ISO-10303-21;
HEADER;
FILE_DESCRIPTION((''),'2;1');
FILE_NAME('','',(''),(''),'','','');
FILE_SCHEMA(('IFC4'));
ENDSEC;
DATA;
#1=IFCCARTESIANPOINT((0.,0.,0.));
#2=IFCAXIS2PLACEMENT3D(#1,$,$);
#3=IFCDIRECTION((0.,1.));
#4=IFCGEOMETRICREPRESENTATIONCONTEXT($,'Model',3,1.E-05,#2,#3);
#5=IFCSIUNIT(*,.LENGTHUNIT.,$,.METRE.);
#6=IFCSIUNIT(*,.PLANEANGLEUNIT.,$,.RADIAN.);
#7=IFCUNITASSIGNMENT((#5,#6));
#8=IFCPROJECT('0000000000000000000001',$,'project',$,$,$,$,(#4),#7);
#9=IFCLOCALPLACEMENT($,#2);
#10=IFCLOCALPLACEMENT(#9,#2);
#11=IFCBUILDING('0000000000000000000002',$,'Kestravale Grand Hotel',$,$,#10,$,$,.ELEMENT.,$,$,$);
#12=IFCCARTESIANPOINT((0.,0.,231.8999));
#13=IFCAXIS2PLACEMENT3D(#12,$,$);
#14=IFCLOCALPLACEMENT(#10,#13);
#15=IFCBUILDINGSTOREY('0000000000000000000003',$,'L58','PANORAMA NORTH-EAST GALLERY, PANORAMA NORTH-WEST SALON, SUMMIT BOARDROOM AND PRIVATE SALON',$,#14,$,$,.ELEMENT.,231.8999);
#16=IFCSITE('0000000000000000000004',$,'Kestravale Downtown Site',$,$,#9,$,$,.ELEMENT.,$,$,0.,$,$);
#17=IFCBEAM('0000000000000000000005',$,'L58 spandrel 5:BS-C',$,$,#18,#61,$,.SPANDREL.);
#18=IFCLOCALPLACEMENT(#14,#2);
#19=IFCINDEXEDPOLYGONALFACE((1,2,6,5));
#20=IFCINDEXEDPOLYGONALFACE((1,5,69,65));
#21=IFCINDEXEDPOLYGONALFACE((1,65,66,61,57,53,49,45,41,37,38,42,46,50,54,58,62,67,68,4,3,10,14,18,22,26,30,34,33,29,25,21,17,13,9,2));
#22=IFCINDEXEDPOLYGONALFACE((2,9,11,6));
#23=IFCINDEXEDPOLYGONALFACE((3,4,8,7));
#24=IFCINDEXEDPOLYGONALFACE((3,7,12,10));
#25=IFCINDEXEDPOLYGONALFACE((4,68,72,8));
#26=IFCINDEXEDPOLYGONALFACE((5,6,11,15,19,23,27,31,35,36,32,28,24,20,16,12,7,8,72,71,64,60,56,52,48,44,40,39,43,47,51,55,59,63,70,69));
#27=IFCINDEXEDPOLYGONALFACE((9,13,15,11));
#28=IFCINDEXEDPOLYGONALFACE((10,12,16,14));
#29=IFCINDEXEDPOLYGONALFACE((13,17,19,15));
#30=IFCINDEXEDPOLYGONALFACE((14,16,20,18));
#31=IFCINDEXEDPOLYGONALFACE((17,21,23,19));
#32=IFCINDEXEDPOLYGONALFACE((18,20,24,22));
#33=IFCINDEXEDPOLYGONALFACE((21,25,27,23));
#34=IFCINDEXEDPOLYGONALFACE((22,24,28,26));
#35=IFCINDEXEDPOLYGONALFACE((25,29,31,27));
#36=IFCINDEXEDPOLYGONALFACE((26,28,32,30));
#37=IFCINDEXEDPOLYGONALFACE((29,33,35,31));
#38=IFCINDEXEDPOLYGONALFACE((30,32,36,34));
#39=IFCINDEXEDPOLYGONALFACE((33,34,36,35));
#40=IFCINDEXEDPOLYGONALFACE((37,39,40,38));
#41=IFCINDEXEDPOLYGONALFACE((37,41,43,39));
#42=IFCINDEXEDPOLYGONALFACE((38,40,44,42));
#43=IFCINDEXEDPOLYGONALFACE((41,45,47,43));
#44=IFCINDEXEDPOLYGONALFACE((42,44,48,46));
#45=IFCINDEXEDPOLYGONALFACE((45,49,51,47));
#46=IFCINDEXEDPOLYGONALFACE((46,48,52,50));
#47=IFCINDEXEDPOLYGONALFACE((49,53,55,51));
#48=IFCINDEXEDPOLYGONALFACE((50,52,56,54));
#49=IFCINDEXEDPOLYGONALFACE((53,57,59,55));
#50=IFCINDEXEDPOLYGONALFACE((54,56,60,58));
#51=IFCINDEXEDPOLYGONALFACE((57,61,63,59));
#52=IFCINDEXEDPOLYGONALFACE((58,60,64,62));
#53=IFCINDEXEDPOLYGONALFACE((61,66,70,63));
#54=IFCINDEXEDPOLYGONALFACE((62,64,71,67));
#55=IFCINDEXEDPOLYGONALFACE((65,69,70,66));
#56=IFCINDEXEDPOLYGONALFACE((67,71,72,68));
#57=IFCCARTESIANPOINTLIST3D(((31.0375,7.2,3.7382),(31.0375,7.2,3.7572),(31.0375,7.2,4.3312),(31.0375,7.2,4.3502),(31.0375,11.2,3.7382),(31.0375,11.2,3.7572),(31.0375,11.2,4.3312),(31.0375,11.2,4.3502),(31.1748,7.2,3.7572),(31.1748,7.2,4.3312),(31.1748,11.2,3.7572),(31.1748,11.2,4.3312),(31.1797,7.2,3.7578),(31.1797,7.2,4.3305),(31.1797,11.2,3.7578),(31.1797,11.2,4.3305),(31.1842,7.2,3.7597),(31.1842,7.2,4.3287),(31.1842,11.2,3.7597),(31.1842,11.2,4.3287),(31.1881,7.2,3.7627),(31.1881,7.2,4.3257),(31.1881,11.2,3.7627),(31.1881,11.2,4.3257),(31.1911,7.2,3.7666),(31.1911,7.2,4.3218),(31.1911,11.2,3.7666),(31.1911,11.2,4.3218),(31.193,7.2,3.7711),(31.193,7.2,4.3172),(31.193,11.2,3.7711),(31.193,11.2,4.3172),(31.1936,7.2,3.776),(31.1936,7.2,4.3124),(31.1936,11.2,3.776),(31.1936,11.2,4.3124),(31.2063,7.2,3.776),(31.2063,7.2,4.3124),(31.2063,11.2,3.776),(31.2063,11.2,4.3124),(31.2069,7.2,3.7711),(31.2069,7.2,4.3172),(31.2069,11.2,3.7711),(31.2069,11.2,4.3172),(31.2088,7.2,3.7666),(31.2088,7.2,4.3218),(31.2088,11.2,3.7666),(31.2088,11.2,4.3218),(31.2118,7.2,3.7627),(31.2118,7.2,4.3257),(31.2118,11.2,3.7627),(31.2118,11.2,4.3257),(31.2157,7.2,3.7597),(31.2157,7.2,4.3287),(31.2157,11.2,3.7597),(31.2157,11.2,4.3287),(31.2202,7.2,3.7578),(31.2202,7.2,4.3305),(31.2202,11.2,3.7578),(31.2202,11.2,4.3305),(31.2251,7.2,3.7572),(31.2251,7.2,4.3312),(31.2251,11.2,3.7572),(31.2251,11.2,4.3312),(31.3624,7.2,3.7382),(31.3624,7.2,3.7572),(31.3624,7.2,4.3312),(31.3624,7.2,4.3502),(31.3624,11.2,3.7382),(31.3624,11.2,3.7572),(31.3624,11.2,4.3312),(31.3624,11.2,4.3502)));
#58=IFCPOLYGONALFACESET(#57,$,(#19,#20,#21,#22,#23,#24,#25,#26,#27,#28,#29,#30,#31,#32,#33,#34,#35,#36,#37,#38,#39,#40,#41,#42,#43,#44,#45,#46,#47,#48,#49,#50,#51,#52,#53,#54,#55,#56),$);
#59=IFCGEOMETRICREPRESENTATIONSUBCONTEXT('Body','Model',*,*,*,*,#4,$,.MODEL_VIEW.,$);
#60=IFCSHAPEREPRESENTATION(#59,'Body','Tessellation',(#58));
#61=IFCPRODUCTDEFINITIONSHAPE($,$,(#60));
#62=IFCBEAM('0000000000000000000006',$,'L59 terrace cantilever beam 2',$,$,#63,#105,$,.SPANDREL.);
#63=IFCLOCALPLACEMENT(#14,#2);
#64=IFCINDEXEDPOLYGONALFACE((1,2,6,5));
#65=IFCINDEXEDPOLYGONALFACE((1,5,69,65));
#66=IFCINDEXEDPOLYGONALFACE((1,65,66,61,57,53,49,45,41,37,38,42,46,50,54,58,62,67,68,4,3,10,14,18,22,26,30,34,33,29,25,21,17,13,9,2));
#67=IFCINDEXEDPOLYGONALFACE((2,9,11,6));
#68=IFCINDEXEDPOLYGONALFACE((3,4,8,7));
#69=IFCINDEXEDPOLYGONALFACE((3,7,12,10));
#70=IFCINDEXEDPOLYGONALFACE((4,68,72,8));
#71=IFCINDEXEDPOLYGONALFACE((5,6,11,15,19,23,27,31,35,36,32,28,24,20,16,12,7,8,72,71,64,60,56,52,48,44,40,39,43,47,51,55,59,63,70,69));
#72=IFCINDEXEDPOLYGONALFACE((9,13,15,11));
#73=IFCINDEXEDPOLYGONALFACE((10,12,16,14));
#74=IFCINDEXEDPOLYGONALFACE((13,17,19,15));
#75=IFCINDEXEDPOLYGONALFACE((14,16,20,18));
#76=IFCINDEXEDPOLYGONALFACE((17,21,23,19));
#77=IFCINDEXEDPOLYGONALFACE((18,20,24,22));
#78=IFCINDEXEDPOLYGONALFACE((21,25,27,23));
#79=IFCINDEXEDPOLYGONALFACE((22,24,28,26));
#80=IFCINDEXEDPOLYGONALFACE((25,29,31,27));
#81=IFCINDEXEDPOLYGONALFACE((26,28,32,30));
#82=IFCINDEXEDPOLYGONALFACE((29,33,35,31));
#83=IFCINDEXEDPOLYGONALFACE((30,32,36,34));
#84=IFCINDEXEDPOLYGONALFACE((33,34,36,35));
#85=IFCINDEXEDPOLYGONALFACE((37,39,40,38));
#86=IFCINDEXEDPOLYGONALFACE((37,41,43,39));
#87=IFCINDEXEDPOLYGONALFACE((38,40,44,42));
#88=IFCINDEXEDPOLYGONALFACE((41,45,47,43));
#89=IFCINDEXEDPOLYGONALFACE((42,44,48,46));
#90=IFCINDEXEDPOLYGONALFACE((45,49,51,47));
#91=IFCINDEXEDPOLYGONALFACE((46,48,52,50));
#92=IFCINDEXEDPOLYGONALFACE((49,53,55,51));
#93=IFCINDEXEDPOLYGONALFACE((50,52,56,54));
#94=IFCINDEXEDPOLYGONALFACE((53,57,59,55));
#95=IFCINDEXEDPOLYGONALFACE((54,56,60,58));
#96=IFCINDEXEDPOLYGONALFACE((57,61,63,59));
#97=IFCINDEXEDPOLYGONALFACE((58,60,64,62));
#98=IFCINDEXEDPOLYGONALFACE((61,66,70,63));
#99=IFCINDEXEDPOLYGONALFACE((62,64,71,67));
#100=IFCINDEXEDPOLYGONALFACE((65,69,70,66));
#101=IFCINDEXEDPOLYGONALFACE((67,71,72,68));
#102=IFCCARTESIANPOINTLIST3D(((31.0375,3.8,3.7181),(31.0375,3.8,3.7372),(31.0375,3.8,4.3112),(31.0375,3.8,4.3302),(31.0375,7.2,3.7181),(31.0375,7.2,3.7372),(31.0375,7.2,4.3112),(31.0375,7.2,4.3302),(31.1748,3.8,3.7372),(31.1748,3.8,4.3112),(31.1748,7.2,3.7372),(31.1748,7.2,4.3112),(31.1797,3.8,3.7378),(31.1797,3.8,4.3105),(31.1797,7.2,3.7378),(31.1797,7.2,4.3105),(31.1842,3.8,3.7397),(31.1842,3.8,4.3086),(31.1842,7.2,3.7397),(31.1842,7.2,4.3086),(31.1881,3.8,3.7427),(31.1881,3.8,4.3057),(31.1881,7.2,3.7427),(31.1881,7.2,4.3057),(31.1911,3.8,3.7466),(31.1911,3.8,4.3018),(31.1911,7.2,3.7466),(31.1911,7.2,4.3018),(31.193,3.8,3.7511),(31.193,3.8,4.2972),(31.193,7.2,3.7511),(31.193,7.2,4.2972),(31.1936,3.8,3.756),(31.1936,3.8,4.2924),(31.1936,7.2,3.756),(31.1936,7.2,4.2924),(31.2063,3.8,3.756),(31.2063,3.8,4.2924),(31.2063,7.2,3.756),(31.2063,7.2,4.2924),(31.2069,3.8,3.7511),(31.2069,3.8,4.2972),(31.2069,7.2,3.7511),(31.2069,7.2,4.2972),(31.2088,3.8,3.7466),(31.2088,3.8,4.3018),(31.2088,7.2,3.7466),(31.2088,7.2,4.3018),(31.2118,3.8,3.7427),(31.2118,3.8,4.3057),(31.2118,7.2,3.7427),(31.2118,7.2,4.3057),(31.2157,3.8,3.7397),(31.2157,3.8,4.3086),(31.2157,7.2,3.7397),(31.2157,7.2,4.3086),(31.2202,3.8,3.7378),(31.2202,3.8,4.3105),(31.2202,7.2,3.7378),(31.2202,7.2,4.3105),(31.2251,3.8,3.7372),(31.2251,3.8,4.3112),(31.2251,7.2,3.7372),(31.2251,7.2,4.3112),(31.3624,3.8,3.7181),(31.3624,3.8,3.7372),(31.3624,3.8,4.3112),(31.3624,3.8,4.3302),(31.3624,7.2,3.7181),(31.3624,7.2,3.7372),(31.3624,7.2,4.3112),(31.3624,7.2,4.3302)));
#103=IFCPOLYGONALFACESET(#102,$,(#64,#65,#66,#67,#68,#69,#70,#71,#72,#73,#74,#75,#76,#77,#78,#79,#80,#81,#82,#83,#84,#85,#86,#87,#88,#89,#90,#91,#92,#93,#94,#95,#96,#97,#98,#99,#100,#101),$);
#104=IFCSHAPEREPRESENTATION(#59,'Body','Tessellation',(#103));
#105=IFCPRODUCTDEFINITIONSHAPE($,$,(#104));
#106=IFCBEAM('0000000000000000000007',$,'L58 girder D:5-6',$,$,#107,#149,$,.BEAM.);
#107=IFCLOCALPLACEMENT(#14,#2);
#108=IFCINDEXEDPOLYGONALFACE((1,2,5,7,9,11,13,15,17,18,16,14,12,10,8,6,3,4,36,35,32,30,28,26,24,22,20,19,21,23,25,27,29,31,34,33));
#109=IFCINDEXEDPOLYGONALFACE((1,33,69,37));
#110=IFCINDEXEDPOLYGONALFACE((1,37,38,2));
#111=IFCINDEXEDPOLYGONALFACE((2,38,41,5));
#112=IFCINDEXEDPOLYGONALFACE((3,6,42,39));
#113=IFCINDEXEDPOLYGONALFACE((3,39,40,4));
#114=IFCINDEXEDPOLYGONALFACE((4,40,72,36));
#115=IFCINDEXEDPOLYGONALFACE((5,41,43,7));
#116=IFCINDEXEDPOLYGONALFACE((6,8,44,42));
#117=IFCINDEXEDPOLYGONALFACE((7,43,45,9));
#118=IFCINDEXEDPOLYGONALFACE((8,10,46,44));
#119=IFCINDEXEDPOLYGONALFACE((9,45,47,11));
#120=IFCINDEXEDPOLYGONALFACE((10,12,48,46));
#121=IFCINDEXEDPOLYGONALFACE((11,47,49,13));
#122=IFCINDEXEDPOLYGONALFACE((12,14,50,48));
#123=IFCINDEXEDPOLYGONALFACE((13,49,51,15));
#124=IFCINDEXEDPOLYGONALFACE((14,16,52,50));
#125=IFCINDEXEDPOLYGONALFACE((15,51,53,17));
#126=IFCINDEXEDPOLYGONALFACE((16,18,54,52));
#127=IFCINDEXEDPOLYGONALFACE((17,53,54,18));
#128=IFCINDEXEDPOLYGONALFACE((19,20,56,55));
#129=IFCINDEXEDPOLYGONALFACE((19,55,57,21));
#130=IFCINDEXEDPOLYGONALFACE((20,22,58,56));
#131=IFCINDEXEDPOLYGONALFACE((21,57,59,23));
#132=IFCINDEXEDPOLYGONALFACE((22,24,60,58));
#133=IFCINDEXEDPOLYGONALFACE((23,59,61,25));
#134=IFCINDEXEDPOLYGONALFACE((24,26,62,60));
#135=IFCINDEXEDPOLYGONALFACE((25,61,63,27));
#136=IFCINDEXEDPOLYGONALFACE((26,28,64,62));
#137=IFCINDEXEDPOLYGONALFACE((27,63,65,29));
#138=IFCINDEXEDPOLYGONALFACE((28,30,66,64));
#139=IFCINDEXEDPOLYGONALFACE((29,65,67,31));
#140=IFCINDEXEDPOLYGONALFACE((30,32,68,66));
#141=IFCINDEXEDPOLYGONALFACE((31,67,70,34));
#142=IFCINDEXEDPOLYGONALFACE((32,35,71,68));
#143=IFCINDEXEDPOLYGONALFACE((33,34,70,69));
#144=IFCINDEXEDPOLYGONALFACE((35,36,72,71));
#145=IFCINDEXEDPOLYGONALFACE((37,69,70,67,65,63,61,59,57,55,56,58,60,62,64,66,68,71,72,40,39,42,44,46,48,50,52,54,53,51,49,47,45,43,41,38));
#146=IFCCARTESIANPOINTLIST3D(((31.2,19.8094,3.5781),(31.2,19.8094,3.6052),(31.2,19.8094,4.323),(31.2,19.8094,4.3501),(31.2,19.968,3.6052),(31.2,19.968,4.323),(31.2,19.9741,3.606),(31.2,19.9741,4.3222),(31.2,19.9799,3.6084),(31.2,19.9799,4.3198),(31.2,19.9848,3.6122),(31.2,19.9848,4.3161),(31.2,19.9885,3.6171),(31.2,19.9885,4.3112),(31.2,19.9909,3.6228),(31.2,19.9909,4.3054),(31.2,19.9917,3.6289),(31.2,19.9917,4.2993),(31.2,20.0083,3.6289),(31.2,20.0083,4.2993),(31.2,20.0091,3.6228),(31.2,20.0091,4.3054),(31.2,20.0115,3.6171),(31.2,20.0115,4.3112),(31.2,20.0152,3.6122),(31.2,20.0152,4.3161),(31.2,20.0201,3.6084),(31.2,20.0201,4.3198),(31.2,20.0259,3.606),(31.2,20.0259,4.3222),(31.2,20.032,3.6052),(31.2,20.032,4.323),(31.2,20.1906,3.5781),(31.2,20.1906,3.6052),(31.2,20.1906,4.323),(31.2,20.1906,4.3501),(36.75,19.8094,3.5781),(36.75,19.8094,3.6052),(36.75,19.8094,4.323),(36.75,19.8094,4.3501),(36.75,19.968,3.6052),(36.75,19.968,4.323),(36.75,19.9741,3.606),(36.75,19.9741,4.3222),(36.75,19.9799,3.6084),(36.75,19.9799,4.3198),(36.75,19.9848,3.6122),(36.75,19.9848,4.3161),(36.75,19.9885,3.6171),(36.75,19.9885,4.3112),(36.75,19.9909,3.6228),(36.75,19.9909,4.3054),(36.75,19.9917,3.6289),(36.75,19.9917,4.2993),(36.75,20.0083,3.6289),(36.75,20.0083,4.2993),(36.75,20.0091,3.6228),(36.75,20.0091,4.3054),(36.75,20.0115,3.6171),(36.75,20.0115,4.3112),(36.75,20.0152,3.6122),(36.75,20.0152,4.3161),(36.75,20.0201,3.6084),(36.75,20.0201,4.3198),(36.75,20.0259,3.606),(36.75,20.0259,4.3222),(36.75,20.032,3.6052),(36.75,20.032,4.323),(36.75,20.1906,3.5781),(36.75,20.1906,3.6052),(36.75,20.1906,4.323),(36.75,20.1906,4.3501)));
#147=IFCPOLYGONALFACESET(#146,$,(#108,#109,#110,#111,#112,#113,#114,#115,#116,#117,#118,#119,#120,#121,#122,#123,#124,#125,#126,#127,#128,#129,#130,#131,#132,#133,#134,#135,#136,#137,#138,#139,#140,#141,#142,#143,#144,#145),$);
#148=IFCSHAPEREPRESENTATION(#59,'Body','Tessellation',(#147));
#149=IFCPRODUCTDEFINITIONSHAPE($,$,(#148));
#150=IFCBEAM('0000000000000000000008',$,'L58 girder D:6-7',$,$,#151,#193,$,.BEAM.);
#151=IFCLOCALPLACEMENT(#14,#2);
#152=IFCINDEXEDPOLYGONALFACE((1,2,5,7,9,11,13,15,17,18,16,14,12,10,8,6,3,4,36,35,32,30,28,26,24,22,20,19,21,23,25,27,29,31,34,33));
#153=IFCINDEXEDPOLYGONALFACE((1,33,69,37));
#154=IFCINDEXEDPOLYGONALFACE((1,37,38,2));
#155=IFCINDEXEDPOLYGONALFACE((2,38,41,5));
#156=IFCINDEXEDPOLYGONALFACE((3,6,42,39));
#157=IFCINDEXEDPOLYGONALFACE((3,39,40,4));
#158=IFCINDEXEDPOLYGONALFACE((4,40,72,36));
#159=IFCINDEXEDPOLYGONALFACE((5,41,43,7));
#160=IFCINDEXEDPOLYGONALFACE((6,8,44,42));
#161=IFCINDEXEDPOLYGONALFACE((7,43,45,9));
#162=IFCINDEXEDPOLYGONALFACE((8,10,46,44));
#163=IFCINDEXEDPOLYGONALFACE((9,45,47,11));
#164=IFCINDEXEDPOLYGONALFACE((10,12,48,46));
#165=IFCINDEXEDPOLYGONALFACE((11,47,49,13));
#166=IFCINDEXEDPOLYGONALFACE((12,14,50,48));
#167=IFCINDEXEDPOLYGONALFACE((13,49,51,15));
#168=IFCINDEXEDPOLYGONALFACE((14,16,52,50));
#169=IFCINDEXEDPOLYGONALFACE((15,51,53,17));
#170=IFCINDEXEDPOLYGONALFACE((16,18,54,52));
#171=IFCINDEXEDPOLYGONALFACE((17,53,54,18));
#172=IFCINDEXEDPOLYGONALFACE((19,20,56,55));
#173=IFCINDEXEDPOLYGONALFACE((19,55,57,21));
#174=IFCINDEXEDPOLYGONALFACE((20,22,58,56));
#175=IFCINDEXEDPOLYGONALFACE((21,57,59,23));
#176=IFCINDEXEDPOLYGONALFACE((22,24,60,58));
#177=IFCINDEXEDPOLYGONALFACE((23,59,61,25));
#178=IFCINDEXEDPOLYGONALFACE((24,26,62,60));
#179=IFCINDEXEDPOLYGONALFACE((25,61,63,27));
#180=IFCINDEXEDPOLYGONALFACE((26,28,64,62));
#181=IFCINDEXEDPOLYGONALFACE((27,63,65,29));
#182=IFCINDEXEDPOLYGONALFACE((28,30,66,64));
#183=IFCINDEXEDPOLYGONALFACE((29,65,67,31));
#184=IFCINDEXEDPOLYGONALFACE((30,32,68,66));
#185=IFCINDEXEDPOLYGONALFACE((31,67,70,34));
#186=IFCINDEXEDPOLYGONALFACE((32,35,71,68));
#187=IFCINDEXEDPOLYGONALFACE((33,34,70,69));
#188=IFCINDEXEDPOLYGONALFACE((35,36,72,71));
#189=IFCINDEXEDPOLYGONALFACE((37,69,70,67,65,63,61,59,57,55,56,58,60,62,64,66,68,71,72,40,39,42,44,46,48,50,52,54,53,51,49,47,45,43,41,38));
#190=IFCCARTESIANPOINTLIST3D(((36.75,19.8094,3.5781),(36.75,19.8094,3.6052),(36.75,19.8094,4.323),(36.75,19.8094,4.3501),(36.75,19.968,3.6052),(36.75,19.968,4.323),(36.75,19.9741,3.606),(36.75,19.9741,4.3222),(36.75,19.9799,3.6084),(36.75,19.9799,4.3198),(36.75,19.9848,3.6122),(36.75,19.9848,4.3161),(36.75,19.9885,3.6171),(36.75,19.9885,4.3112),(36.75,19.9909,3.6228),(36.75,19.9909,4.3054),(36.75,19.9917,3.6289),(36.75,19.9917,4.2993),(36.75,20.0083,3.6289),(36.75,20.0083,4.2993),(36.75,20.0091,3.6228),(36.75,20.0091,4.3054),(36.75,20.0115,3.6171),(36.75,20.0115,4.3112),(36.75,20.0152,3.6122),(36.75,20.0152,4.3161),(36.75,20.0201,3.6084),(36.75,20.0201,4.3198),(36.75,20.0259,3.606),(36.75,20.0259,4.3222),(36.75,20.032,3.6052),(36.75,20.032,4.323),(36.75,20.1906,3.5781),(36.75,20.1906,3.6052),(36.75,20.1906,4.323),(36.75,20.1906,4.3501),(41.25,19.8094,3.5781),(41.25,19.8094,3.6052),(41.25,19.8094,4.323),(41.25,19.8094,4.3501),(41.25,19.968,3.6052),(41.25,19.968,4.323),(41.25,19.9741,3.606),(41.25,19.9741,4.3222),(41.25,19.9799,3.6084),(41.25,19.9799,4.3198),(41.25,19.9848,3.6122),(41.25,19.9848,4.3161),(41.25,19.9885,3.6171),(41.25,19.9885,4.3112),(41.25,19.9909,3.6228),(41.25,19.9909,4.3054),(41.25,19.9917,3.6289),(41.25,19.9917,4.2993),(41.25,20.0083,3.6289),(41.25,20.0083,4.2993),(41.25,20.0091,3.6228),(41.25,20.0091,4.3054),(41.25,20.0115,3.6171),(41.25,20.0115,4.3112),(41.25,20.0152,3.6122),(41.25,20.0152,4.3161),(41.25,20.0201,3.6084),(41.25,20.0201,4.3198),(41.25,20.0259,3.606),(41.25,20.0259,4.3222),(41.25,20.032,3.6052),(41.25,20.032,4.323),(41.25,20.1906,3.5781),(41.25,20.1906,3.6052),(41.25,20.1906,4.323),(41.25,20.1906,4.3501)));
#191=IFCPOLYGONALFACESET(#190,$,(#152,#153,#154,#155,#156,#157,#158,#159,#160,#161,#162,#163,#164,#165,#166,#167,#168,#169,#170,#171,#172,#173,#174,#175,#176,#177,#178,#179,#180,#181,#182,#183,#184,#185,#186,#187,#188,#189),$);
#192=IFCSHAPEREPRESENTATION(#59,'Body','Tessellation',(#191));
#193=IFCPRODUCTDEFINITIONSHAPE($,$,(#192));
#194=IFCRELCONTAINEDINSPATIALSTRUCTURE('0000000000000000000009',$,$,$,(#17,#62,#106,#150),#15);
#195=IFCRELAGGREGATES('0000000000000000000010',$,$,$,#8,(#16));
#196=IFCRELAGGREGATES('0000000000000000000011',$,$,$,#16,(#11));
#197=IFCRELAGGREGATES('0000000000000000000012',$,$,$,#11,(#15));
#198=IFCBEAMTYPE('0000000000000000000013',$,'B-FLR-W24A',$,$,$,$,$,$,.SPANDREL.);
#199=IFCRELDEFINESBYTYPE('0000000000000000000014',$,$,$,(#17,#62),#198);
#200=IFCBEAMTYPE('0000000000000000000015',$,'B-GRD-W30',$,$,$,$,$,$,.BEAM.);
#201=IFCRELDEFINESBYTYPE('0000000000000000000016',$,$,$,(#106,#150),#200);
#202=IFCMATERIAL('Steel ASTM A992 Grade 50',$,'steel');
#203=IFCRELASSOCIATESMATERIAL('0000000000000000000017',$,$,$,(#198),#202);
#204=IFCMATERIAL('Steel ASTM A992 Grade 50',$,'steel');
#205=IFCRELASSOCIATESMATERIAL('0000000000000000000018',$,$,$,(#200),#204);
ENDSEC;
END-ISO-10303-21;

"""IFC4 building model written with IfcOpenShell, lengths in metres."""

from ifc_helpers import new_model, si_unit, direction, frame, origin, origin_2d, place, context, subcontext, project, spatial, i_section, extrude, material, material_profile, profile_set, type_object, element, save


model = new_model("IFC4")

# Units and contexts
model_context = context("Model", 3, precision=1e-05, world=origin(), true_north=direction((0.0, 1.0)))
body_context = subcontext(model_context, "Body", "Model", "MODEL_VIEW")
ifc_project = project(units=[si_unit("LENGTHUNIT", "METRE"), si_unit("PLANEANGLEUNIT", "RADIAN")], contexts=[model_context])

# Site, building, storey
site_placement = place(None, origin())
site = spatial("IfcSite", under=ifc_project, at=site_placement, Name="Kestravale Downtown Site", CompositionType="ELEMENT", RefElevation=0.0)
building_placement = place(site_placement, origin())
building = spatial("IfcBuilding", under=site, at=building_placement, Name="Kestravale Grand Hotel", CompositionType="ELEMENT")
storey_placement = place(building_placement, frame((0.0, 0.0, 231.8999)))
storey = spatial("IfcBuildingStorey", under=building, at=storey_placement, Name="L58", Description="PANORAMA NORTH-EAST GALLERY, PANORAMA NORTH-WEST SALON, SUMMIT BOARDROOM AND PRIVATE SALON", CompositionType="ELEMENT", Elevation=231.8999)

# Beams
ifc_material_1 = material(Name="Steel ASTM A992 Grade 50", Category="steel")
ifc_material_profile_1 = material_profile(ifc_material_1, i_section(OverallWidth=0.325, OverallDepth=0.6121, WebThickness=0.0127, FlangeThickness=0.019, FilletRadius=0.0188, at=origin_2d()))
ifc_profile_set_1 = profile_set([ifc_material_profile_1], Name="Steel ASTM A992 Grade 50")
beam_type_1 = type_object("IfcBeamType", Name="B-FLR-W24A", PredefinedType="SPANDREL", material=ifc_profile_set_1)
beam_1_placement = place(storey_placement, frame((31.2, 7.2, 4.0442), z_axis=(0.0, 1.0, 0.0), x_axis=(-1.0, 0.0, 0.0)))
element("IfcBeam", 1, at=beam_1_placement, inside=storey, type_object=beam_type_1, Name="L58 spandrel 5:BS-C", PredefinedType="SPANDREL", context=body_context, shape_type="SweptSolid", body=[
    extrude(i_section(OverallWidth=0.325, OverallDepth=0.6121, WebThickness=0.0127, FlangeThickness=0.019, FilletRadius=0.0188, at=origin_2d()), origin(), (0.0, 0.0, 1.0), 4.0),
])
beam_2_placement = place(storey_placement, frame((31.2, 7.2, 4.0242), z_axis=(0.0, -1.0, 0.0), x_axis=(1.0, 0.0, 0.0)))
element("IfcBeam", 2, at=beam_2_placement, inside=storey, type_object=beam_type_1, Name="L59 terrace cantilever beam 2", PredefinedType="SPANDREL", context=body_context, shape_type="SweptSolid", body=[
    extrude(i_section(OverallWidth=0.325, OverallDepth=0.6121, WebThickness=0.0127, FlangeThickness=0.019, FilletRadius=0.0188, at=origin_2d()), origin(), (0.0, 0.0, 1.0), 3.3999),
])
ifc_material_2 = material(Name="Steel ASTM A992 Grade 50", Category="steel")
ifc_material_profile_2 = material_profile(ifc_material_2, i_section(OverallWidth=0.3811, OverallDepth=0.772, WebThickness=0.0166, FlangeThickness=0.0271, FilletRadius=0.0237, at=origin_2d()))
ifc_profile_set_2 = profile_set([ifc_material_profile_2], Name="Steel ASTM A992 Grade 50")
beam_type_2 = type_object("IfcBeamType", Name="B-GRD-W30", PredefinedType="BEAM", material=ifc_profile_set_2)
beam_3_placement = place(storey_placement, frame((31.2, 20.0, 3.9641), z_axis=(1.0, 0.0, 0.0), x_axis=(0.0, 1.0, 0.0)))
element("IfcBeam", 3, at=beam_3_placement, inside=storey, type_object=beam_type_2, Name="L58 girder D:5-6", PredefinedType="BEAM", context=body_context, shape_type="SweptSolid", body=[
    extrude(i_section(OverallWidth=0.3811, OverallDepth=0.772, WebThickness=0.0166, FlangeThickness=0.0271, FilletRadius=0.0237, at=origin_2d()), origin(), (0.0, 0.0, 1.0), 5.55),
])
beam_4_placement = place(storey_placement, frame((36.75, 20.0, 3.9641), z_axis=(1.0, 0.0, 0.0), x_axis=(0.0, 1.0, 0.0)))
element("IfcBeam", 4, at=beam_4_placement, inside=storey, type_object=beam_type_2, Name="L58 girder D:6-7", PredefinedType="BEAM", context=body_context, shape_type="SweptSolid", body=[
    extrude(i_section(OverallWidth=0.3811, OverallDepth=0.772, WebThickness=0.0166, FlangeThickness=0.0271, FilletRadius=0.0237, at=origin_2d()), origin(), (0.0, 0.0, 1.0), 4.5),
])

save(model, "model.ifc")
